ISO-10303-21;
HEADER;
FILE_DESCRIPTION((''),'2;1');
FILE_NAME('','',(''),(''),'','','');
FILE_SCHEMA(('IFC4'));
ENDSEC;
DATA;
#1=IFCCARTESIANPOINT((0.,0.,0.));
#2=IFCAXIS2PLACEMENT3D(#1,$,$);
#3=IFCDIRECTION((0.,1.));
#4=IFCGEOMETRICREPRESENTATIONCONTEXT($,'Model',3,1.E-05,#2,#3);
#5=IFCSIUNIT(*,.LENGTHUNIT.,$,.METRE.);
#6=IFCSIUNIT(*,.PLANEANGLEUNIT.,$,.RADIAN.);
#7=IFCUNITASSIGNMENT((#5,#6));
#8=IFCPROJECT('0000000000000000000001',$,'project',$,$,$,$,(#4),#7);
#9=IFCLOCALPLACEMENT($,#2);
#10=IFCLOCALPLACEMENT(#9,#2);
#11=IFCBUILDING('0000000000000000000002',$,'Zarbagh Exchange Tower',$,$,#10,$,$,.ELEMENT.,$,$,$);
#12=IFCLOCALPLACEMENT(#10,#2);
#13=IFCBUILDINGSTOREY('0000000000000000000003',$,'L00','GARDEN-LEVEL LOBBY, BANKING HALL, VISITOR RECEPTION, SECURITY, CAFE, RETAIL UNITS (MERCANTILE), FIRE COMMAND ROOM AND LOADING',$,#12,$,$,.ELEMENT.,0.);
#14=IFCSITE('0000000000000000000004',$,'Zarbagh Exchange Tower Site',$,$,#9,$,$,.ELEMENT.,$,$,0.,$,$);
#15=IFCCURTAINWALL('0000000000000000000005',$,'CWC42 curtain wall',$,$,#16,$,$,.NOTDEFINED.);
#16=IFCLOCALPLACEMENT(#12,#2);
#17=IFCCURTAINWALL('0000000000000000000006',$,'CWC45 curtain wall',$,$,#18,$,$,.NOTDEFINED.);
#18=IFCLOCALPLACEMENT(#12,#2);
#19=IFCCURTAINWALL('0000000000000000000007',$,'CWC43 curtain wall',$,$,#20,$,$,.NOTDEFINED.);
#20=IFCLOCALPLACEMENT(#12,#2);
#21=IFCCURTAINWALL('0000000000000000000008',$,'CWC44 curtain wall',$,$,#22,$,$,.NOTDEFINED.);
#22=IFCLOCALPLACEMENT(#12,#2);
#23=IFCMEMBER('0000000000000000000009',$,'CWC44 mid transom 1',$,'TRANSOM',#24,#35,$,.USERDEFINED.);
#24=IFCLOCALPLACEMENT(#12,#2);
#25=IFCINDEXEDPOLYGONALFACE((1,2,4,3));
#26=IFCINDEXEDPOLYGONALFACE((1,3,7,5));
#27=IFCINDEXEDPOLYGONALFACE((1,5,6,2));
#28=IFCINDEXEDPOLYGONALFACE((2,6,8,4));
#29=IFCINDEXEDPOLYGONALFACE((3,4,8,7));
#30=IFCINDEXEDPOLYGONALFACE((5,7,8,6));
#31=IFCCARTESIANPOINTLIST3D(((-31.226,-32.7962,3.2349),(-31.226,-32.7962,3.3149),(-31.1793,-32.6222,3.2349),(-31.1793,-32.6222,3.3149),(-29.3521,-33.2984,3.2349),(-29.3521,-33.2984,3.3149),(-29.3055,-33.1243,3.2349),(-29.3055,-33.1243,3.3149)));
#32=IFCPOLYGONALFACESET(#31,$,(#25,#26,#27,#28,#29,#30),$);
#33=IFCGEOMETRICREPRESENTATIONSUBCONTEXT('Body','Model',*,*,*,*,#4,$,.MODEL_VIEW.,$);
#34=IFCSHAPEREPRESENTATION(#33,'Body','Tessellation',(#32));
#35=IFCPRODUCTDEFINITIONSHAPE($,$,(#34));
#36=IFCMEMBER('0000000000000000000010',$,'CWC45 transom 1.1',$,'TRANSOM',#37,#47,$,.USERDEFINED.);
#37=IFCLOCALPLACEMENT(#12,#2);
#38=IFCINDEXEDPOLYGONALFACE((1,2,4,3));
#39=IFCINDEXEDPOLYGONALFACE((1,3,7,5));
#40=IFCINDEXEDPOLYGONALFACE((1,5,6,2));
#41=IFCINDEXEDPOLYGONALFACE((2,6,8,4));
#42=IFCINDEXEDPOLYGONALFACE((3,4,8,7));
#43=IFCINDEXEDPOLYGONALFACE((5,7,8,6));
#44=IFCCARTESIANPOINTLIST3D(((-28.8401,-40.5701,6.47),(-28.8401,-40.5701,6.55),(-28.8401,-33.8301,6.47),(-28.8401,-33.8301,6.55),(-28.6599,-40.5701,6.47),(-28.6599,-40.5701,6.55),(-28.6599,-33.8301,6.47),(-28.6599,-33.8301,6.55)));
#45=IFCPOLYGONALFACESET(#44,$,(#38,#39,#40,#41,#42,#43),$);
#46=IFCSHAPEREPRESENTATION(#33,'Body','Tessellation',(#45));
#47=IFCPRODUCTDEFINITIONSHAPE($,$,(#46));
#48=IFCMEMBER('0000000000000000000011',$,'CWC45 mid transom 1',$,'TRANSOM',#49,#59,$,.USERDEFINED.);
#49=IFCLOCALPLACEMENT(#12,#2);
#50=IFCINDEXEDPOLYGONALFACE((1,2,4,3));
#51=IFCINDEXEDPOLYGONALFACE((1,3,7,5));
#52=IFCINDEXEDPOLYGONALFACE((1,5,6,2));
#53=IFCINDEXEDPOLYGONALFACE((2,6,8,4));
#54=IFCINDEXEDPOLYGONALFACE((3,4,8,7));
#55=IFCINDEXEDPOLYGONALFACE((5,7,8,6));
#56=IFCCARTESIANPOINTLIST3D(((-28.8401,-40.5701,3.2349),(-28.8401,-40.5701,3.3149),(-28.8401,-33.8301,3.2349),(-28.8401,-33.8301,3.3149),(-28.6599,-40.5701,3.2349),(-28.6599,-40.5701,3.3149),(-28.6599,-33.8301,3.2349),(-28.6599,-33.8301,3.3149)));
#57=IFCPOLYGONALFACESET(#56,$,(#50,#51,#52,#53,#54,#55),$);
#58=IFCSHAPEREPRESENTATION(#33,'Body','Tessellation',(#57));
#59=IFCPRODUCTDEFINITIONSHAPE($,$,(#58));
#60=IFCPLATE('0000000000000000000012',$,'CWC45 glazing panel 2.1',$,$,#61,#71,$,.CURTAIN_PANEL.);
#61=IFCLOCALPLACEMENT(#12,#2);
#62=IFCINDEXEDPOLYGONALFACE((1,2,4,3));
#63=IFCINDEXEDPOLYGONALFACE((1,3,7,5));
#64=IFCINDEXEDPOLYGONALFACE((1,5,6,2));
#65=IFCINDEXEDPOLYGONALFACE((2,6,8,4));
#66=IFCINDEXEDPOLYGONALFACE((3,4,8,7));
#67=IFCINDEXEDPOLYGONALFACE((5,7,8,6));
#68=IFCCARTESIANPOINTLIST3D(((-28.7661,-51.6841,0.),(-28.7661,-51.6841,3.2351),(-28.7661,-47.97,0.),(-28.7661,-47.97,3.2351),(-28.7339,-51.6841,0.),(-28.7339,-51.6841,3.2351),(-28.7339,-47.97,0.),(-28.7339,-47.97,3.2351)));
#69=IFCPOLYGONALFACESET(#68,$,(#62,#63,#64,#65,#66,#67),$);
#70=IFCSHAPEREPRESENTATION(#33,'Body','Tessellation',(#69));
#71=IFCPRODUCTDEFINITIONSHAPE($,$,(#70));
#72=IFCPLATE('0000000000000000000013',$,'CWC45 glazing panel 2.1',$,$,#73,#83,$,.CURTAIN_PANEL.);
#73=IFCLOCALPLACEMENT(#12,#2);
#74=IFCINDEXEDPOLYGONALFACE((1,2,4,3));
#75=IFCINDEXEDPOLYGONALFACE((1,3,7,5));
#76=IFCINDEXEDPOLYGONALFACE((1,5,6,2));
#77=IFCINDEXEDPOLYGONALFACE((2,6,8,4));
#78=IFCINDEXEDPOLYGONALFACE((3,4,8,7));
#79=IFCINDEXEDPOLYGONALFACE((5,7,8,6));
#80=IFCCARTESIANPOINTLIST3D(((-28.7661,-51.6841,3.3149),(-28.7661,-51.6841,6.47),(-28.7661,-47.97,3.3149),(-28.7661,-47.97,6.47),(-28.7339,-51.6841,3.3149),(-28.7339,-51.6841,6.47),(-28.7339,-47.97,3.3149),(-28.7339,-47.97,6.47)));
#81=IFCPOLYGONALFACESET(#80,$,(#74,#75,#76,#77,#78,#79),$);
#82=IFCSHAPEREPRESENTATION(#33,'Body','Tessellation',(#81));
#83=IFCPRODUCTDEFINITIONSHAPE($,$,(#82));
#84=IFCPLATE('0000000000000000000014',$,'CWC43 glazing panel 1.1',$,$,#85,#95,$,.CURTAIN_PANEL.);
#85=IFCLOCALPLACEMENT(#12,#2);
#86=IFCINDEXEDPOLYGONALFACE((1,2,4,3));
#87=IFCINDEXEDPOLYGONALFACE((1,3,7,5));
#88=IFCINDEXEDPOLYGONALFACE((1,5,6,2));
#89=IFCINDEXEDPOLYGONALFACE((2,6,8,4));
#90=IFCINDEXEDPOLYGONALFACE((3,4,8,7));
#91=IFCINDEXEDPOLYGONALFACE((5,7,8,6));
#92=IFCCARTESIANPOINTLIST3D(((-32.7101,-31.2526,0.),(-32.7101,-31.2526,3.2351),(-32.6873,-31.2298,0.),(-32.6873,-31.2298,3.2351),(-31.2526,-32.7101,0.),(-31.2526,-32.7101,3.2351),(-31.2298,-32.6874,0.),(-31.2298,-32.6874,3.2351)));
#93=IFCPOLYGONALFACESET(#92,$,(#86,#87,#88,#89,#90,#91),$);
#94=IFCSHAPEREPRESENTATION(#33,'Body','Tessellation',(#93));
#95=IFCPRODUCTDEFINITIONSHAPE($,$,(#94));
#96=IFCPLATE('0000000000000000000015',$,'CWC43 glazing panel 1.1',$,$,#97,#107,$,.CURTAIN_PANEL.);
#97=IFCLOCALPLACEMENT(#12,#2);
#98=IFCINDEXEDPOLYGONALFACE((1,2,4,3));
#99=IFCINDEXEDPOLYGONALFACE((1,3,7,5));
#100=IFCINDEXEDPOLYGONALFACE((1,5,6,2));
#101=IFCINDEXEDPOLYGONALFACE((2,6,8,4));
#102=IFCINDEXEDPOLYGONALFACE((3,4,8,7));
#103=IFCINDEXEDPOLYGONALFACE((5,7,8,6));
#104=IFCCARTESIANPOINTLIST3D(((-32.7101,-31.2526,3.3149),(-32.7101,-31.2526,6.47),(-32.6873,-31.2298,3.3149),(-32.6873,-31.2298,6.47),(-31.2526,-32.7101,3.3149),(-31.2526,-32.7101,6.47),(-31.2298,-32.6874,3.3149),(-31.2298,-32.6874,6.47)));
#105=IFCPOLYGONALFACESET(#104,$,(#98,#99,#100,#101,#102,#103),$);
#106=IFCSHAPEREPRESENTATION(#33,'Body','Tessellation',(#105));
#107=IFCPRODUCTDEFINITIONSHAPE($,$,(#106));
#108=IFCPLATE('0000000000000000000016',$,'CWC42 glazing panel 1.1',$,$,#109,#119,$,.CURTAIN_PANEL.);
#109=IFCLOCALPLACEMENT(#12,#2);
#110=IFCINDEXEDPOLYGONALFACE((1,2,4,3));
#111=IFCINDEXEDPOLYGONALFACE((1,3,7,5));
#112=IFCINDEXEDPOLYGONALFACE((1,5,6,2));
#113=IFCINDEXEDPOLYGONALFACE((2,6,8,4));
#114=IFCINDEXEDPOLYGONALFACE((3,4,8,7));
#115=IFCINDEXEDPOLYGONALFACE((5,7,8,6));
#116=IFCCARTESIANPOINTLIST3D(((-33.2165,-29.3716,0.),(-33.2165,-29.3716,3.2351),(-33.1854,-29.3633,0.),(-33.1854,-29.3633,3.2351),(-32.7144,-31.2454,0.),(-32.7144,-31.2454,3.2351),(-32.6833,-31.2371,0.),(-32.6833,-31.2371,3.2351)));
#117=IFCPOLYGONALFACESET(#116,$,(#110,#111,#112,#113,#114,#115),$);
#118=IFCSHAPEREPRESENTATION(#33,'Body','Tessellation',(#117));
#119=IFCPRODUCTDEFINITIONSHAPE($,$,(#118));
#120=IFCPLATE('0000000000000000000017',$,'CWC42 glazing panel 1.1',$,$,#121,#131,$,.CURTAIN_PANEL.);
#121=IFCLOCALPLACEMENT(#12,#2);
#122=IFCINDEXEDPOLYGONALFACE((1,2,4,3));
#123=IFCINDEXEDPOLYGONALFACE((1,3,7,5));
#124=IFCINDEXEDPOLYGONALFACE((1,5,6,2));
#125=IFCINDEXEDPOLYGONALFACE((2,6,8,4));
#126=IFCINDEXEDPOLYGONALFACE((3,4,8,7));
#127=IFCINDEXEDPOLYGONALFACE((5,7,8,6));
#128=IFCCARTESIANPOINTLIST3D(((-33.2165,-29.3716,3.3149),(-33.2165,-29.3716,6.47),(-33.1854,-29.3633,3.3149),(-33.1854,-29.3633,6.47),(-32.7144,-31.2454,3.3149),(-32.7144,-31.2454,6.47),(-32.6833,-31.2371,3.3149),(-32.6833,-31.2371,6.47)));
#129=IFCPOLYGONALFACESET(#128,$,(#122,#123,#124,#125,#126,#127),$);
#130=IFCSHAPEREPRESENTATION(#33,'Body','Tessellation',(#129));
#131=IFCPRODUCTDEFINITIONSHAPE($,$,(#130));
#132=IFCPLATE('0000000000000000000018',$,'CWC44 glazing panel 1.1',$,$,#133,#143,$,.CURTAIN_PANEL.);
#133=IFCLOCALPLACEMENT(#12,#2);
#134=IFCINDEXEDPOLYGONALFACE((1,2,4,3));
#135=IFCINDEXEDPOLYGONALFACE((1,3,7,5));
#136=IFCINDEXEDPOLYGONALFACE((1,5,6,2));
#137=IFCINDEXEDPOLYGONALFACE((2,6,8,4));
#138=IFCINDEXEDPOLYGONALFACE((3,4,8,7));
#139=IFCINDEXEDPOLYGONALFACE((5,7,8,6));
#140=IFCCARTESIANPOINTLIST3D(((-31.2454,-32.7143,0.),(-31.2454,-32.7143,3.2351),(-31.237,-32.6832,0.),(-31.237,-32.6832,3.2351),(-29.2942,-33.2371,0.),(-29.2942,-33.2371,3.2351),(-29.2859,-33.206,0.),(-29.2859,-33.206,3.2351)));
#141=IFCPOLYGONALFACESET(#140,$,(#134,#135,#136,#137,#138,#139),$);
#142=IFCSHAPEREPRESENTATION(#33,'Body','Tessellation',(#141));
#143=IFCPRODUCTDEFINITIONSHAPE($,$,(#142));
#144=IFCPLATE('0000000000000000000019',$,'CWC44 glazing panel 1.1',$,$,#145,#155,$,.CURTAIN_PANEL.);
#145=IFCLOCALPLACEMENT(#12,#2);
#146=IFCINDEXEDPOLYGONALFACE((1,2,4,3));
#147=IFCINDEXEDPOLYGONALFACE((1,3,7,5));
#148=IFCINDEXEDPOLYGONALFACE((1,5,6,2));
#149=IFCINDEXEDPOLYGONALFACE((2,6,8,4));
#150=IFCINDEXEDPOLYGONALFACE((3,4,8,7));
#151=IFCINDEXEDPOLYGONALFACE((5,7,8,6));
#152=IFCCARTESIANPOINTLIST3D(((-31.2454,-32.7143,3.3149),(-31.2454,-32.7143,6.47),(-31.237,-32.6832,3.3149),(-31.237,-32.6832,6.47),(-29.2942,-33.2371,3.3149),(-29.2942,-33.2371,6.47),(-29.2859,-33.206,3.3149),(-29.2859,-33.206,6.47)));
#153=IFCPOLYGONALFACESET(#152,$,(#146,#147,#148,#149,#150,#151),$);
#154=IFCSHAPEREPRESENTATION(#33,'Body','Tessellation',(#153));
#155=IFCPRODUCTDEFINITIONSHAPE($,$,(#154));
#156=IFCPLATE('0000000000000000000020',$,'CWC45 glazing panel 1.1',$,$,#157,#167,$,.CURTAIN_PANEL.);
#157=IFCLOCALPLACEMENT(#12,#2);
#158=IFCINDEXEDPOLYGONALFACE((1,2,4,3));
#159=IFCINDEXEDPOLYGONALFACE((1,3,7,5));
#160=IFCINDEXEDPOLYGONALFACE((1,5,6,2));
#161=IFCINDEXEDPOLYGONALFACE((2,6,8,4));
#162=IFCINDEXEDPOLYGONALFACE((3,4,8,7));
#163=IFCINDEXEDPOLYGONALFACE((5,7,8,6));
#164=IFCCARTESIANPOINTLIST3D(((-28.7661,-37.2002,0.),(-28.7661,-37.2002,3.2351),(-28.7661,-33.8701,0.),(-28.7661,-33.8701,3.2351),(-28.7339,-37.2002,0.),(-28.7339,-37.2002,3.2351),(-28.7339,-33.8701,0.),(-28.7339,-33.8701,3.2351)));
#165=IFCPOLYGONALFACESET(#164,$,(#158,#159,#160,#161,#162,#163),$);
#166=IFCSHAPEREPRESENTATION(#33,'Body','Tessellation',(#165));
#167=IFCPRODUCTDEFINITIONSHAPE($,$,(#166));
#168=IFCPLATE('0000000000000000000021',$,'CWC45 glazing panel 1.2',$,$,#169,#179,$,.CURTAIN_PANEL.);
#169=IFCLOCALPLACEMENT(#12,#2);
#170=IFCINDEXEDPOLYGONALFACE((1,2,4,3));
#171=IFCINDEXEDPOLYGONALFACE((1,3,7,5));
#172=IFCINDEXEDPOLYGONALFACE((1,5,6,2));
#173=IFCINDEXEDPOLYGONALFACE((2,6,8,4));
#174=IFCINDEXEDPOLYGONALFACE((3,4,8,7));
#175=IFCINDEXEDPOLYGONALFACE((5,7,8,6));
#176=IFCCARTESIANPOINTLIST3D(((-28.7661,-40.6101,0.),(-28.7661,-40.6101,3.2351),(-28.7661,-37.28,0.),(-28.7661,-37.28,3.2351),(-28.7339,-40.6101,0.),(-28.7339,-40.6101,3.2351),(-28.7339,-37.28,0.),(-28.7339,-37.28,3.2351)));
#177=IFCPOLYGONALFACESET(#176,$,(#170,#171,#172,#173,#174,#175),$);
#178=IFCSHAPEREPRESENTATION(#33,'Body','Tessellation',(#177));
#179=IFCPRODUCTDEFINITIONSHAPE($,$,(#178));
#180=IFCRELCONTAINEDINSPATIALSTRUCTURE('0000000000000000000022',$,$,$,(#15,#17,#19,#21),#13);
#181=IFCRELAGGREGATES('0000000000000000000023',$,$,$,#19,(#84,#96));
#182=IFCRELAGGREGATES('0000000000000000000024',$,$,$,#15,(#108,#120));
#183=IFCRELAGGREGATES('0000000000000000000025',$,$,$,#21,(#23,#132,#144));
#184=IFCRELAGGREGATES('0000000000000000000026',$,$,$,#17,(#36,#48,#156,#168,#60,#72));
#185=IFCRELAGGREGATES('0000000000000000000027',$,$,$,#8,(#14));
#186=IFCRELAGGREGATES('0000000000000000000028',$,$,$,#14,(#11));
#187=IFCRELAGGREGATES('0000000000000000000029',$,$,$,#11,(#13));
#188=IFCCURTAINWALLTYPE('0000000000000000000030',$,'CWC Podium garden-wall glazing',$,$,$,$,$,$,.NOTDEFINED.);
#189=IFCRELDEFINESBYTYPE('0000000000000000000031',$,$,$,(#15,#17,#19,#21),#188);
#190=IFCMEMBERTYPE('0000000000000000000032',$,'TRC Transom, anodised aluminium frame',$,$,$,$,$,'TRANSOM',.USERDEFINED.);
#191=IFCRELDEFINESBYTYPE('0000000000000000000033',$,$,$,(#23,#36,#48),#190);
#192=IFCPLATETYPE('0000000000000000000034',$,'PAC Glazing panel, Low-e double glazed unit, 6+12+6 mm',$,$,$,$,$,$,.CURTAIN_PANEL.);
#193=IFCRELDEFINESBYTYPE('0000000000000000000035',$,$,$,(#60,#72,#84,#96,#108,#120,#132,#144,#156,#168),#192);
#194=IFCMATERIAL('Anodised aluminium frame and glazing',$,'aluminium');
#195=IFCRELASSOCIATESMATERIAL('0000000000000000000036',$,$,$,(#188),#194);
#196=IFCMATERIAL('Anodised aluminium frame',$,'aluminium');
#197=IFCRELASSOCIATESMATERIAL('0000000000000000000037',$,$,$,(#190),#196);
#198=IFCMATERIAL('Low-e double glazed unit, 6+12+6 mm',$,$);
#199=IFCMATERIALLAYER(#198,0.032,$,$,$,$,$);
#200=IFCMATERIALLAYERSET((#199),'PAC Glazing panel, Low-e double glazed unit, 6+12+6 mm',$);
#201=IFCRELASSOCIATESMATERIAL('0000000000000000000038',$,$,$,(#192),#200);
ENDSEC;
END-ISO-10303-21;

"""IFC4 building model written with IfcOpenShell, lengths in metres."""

from ifc_helpers import new_model, si_unit, direction, origin, place, context, subcontext, project, spatial, polyline, outline, extrude, source, transform, mapped, material, layer, layer_set, type_object, element, aggregate, save


model = new_model("IFC4")

# Units and contexts
model_context = context("Model", 3, precision=1e-05, world=origin(), true_north=direction((0.0, 1.0)))
body_context = subcontext(model_context, "Body", "Model", "MODEL_VIEW")
ifc_project = project(units=[si_unit("LENGTHUNIT", "METRE"), si_unit("PLANEANGLEUNIT", "RADIAN")], contexts=[model_context])

# Site, building, storey
site_placement = place(None, origin())
site = spatial("IfcSite", under=ifc_project, at=site_placement, Name="Zarbagh Exchange Tower Site", CompositionType="ELEMENT", RefElevation=0.0)
building_placement = place(site_placement, origin())
building = spatial("IfcBuilding", under=site, at=building_placement, Name="Zarbagh Exchange Tower", CompositionType="ELEMENT")
storey_placement = place(building_placement, origin())
storey = spatial("IfcBuildingStorey", under=building, at=storey_placement, Name="L00", Description="GARDEN-LEVEL LOBBY, BANKING HALL, VISITOR RECEPTION, SECURITY, CAFE, RETAIL UNITS (MERCANTILE), FIRE COMMAND ROOM AND LOADING", CompositionType="ELEMENT", Elevation=0.0)

# Curtain wall
ifc_material_1 = material(Name="Anodised aluminium frame and glazing", Category="aluminium")
curtain_wall_type = type_object("IfcCurtainWallType", Name="CWC Podium garden-wall glazing", PredefinedType="NOTDEFINED", material=ifc_material_1)
ifc_material_2 = material(Name="Anodised aluminium frame", Category="aluminium")
placement = place(storey_placement, origin())
curtain_wall_1_placement = place(storey_placement, origin())
curtain_wall_1 = element("IfcCurtainWall", 1, at=curtain_wall_1_placement, inside=storey, type_object=curtain_wall_type, Name="CWC42 curtain wall", PredefinedType="NOTDEFINED")

# Curtain wall
curtain_wall_2_placement = place(storey_placement, origin())
curtain_wall_2 = element("IfcCurtainWall", 2, at=curtain_wall_2_placement, inside=storey, type_object=curtain_wall_type, Name="CWC45 curtain wall", PredefinedType="NOTDEFINED")

# Shared definitions
member_type_1 = type_object("IfcMemberType", Name="TRC Transom, anodised aluminium frame", ElementType="TRANSOM", PredefinedType="USERDEFINED", material=ifc_material_2)

# Curtain wall
curtain_wall_3_placement = place(storey_placement, origin())
curtain_wall_3 = element("IfcCurtainWall", 3, at=curtain_wall_3_placement, inside=storey, type_object=curtain_wall_type, Name="CWC43 curtain wall", PredefinedType="NOTDEFINED")

# Curtain wall
curtain_wall_4_placement = place(storey_placement, origin())
curtain_wall_4 = element("IfcCurtainWall", 4, at=curtain_wall_4_placement, inside=storey, type_object=curtain_wall_type, Name="CWC44 curtain wall", PredefinedType="NOTDEFINED")

# Members
shared_shape_1 = source(origin(), body_context, "Body", "SweptSolid", [
    extrude(outline(polyline([(-0.04, -0.0901), (0.04, -0.0901), (0.04, 0.0901), (-0.04, 0.0901), (-0.04, -0.0901)])), origin(), (0.0, 0.0, 1.0), 1.9399),
])
member_1 = element("IfcMember", 5, at=placement, type_object=member_type_1, Name="CWC44 mid transom 1", ObjectType="TRANSOM", PredefinedType="USERDEFINED", context=body_context, shape_type="MappedRepresentation", body=[
    mapped(shared_shape_1, transform((-31.2026, -32.7092, 3.2749), x_axis=(0.0, 0.0, 1.0), y_axis=(-0.258825, -0.965924, 0.0), z_axis=(0.965924, -0.258825, 0.0))),
])
shared_shape_2 = source(origin(), body_context, "Body", "SweptSolid", [
    extrude(outline(polyline([(-0.0801, -0.0901), (0.0, -0.0901), (0.0, 0.0901), (-0.0801, 0.0901), (-0.0801, -0.0901)])), origin(), (0.0, 0.0, 1.0), 6.74),
])
member_2 = element("IfcMember", 6, at=placement, type_object=member_type_1, Name="CWC45 transom 1.1", ObjectType="TRANSOM", PredefinedType="USERDEFINED", context=body_context, shape_type="MappedRepresentation", body=[
    mapped(shared_shape_2, transform((-28.75, -33.8301, 6.55), x_axis=(0.0, 0.0, 1.0), y_axis=(-1.0, 0.0, 0.0), z_axis=(0.0, -1.0, 0.0))),
])
shared_shape_3 = source(origin(), body_context, "Body", "SweptSolid", [
    extrude(outline(polyline([(-0.04, -0.0901), (0.04, -0.0901), (0.04, 0.0901), (-0.04, 0.0901), (-0.04, -0.0901)])), origin(), (0.0, 0.0, 1.0), 6.74),
])
member_3 = element("IfcMember", 7, at=placement, type_object=member_type_1, Name="CWC45 mid transom 1", ObjectType="TRANSOM", PredefinedType="USERDEFINED", context=body_context, shape_type="MappedRepresentation", body=[
    mapped(shared_shape_3, transform((-28.75, -33.8301, 3.2749), x_axis=(0.0, 0.0, 1.0), y_axis=(-1.0, 0.0, 0.0), z_axis=(0.0, -1.0, 0.0))),
])

# Plates
ifc_material_3 = material(Name="Low-e double glazed unit, 6+12+6 mm")
ifc_layer = layer(ifc_material_3, 0.032)
ifc_layer_set = layer_set([ifc_layer], Name="PAC Glazing panel, Low-e double glazed unit, 6+12+6 mm")
plate_type = type_object("IfcPlateType", Name="PAC Glazing panel, Low-e double glazed unit, 6+12+6 mm", PredefinedType="CURTAIN_PANEL", material=ifc_layer_set)
shared_shape_4 = source(origin(), body_context, "Body", "SweptSolid", [
    extrude(outline(polyline([(0.0, -0.0161), (3.7141, -0.0161), (3.7141, 0.0161), (0.0, 0.0161), (0.0, -0.0161)])), origin(), (0.0, 0.0, 1.0), 3.2351),
])
plate_1 = element("IfcPlate", 8, at=placement, type_object=plate_type, Name="CWC45 glazing panel 2.1", PredefinedType="CURTAIN_PANEL", context=body_context, shape_type="MappedRepresentation", body=[
    mapped(shared_shape_4, transform((-28.75, -47.97, 0.0), x_axis=(0.0, -1.0, 0.0), y_axis=(1.0, 0.0, 0.0), z_axis=(0.0, 0.0, 1.0))),
])
shared_shape_5 = source(origin(), body_context, "Body", "SweptSolid", [
    extrude(outline(polyline([(0.0, -0.0161), (3.7141, -0.0161), (3.7141, 0.0161), (0.0, 0.0161), (0.0, -0.0161)])), origin(), (0.0, 0.0, 1.0), 3.155),
])
plate_2 = element("IfcPlate", 9, at=placement, type_object=plate_type, Name="CWC45 glazing panel 2.1", PredefinedType="CURTAIN_PANEL", context=body_context, shape_type="MappedRepresentation", body=[
    mapped(shared_shape_5, transform((-28.75, -47.97, 3.3149), x_axis=(0.0, -1.0, 0.0), y_axis=(1.0, 0.0, 0.0), z_axis=(0.0, 0.0, 1.0))),
])
shared_shape_6 = source(origin(), body_context, "Body", "SweptSolid", [
    extrude(outline(polyline([(0.0, -0.0161), (2.0613, -0.0161), (2.0613, 0.0161), (0.0, 0.0161), (0.0, -0.0161)])), origin(), (0.0, 0.0, 1.0), 3.2351),
])
plate_3 = element("IfcPlate", 10, at=placement, type_object=plate_type, Name="CWC43 glazing panel 1.1", PredefinedType="CURTAIN_PANEL", context=body_context, shape_type="MappedRepresentation", body=[
    mapped(shared_shape_6, transform((-32.6987, -31.2412, 0.0), x_axis=(0.707107, -0.707107, 0.0), y_axis=(0.707107, 0.707107, 0.0), z_axis=(0.0, 0.0, 1.0))),
])
shared_shape_7 = source(origin(), body_context, "Body", "SweptSolid", [
    extrude(outline(polyline([(0.0, -0.0161), (2.0613, -0.0161), (2.0613, 0.0161), (0.0, 0.0161), (0.0, -0.0161)])), origin(), (0.0, 0.0, 1.0), 3.155),
])
plate_4 = element("IfcPlate", 11, at=placement, type_object=plate_type, Name="CWC43 glazing panel 1.1", PredefinedType="CURTAIN_PANEL", context=body_context, shape_type="MappedRepresentation", body=[
    mapped(shared_shape_7, transform((-32.6987, -31.2412, 3.3149), x_axis=(0.707107, -0.707107, 0.0), y_axis=(0.707107, 0.707107, 0.0), z_axis=(0.0, 0.0, 1.0))),
])
aggregate(curtain_wall_3, [plate_3, plate_4])
shared_shape_8 = source(origin(), body_context, "Body", "SweptSolid", [
    extrude(outline(polyline([(0.0, -0.0161), (1.9399, -0.0161), (1.9399, 0.0161), (0.0, 0.0161), (0.0, -0.0161)])), origin(), (0.0, 0.0, 1.0), 3.2351),
])
plate_5 = element("IfcPlate", 12, at=placement, type_object=plate_type, Name="CWC42 glazing panel 1.1", PredefinedType="CURTAIN_PANEL", context=body_context, shape_type="MappedRepresentation", body=[
    mapped(shared_shape_8, transform((-33.2009, -29.3674, 0.0), x_axis=(0.258825, -0.965924, 0.0), y_axis=(0.965924, 0.258825, 0.0), z_axis=(0.0, 0.0, 1.0))),
])
shared_shape_9 = source(origin(), body_context, "Body", "SweptSolid", [
    extrude(outline(polyline([(0.0, -0.0161), (1.9399, -0.0161), (1.9399, 0.0161), (0.0, 0.0161), (0.0, -0.0161)])), origin(), (0.0, 0.0, 1.0), 3.155),
])
plate_6 = element("IfcPlate", 13, at=placement, type_object=plate_type, Name="CWC42 glazing panel 1.1", PredefinedType="CURTAIN_PANEL", context=body_context, shape_type="MappedRepresentation", body=[
    mapped(shared_shape_9, transform((-33.2009, -29.3674, 3.3149), x_axis=(0.258825, -0.965924, 0.0), y_axis=(0.965924, 0.258825, 0.0), z_axis=(0.0, 0.0, 1.0))),
])
aggregate(curtain_wall_1, [plate_5, plate_6])
shared_shape_10 = source(origin(), body_context, "Body", "SweptSolid", [
    extrude(outline(polyline([(0.0, -0.0161), (2.02, -0.0161), (2.02, 0.0161), (0.0, 0.0161), (0.0, -0.0161)])), origin(), (0.0, 0.0, 1.0), 3.2351),
])
plate_7 = element("IfcPlate", 14, at=placement, type_object=plate_type, Name="CWC44 glazing panel 1.1", PredefinedType="CURTAIN_PANEL", context=body_context, shape_type="MappedRepresentation", body=[
    mapped(shared_shape_10, transform((-31.2412, -32.6987, 0.0), x_axis=(0.965924, -0.258825, 0.0), y_axis=(0.258825, 0.965924, 0.0), z_axis=(0.0, 0.0, 1.0))),
])
shared_shape_11 = source(origin(), body_context, "Body", "SweptSolid", [
    extrude(outline(polyline([(0.0, -0.0161), (2.02, -0.0161), (2.02, 0.0161), (0.0, 0.0161), (0.0, -0.0161)])), origin(), (0.0, 0.0, 1.0), 3.155),
])
plate_8 = element("IfcPlate", 15, at=placement, type_object=plate_type, Name="CWC44 glazing panel 1.1", PredefinedType="CURTAIN_PANEL", context=body_context, shape_type="MappedRepresentation", body=[
    mapped(shared_shape_11, transform((-31.2412, -32.6987, 3.3149), x_axis=(0.965924, -0.258825, 0.0), y_axis=(0.258825, 0.965924, 0.0), z_axis=(0.0, 0.0, 1.0))),
])
aggregate(curtain_wall_4, [member_1, plate_7, plate_8])
shared_shape_12 = source(origin(), body_context, "Body", "SweptSolid", [
    extrude(outline(polyline([(0.0, -0.0161), (3.3301, -0.0161), (3.3301, 0.0161), (0.0, 0.0161), (0.0, -0.0161)])), origin(), (0.0, 0.0, 1.0), 3.2351),
])
plate_9 = element("IfcPlate", 16, at=placement, type_object=plate_type, Name="CWC45 glazing panel 1.1", PredefinedType="CURTAIN_PANEL", context=body_context, shape_type="MappedRepresentation", body=[
    mapped(shared_shape_12, transform((-28.75, -33.8701, 0.0), x_axis=(0.0, -1.0, 0.0), y_axis=(1.0, 0.0, 0.0), z_axis=(0.0, 0.0, 1.0))),
])
plate_10 = element("IfcPlate", 17, at=placement, type_object=plate_type, Name="CWC45 glazing panel 1.2", PredefinedType="CURTAIN_PANEL", context=body_context, shape_type="MappedRepresentation", body=[
    mapped(shared_shape_12, transform((-28.75, -37.28, 0.0), x_axis=(0.0, -1.0, 0.0), y_axis=(1.0, 0.0, 0.0), z_axis=(0.0, 0.0, 1.0))),
])
aggregate(curtain_wall_2, [member_2, member_3, plate_9, plate_10, plate_1, plate_2])

save(model, "model.ifc")
